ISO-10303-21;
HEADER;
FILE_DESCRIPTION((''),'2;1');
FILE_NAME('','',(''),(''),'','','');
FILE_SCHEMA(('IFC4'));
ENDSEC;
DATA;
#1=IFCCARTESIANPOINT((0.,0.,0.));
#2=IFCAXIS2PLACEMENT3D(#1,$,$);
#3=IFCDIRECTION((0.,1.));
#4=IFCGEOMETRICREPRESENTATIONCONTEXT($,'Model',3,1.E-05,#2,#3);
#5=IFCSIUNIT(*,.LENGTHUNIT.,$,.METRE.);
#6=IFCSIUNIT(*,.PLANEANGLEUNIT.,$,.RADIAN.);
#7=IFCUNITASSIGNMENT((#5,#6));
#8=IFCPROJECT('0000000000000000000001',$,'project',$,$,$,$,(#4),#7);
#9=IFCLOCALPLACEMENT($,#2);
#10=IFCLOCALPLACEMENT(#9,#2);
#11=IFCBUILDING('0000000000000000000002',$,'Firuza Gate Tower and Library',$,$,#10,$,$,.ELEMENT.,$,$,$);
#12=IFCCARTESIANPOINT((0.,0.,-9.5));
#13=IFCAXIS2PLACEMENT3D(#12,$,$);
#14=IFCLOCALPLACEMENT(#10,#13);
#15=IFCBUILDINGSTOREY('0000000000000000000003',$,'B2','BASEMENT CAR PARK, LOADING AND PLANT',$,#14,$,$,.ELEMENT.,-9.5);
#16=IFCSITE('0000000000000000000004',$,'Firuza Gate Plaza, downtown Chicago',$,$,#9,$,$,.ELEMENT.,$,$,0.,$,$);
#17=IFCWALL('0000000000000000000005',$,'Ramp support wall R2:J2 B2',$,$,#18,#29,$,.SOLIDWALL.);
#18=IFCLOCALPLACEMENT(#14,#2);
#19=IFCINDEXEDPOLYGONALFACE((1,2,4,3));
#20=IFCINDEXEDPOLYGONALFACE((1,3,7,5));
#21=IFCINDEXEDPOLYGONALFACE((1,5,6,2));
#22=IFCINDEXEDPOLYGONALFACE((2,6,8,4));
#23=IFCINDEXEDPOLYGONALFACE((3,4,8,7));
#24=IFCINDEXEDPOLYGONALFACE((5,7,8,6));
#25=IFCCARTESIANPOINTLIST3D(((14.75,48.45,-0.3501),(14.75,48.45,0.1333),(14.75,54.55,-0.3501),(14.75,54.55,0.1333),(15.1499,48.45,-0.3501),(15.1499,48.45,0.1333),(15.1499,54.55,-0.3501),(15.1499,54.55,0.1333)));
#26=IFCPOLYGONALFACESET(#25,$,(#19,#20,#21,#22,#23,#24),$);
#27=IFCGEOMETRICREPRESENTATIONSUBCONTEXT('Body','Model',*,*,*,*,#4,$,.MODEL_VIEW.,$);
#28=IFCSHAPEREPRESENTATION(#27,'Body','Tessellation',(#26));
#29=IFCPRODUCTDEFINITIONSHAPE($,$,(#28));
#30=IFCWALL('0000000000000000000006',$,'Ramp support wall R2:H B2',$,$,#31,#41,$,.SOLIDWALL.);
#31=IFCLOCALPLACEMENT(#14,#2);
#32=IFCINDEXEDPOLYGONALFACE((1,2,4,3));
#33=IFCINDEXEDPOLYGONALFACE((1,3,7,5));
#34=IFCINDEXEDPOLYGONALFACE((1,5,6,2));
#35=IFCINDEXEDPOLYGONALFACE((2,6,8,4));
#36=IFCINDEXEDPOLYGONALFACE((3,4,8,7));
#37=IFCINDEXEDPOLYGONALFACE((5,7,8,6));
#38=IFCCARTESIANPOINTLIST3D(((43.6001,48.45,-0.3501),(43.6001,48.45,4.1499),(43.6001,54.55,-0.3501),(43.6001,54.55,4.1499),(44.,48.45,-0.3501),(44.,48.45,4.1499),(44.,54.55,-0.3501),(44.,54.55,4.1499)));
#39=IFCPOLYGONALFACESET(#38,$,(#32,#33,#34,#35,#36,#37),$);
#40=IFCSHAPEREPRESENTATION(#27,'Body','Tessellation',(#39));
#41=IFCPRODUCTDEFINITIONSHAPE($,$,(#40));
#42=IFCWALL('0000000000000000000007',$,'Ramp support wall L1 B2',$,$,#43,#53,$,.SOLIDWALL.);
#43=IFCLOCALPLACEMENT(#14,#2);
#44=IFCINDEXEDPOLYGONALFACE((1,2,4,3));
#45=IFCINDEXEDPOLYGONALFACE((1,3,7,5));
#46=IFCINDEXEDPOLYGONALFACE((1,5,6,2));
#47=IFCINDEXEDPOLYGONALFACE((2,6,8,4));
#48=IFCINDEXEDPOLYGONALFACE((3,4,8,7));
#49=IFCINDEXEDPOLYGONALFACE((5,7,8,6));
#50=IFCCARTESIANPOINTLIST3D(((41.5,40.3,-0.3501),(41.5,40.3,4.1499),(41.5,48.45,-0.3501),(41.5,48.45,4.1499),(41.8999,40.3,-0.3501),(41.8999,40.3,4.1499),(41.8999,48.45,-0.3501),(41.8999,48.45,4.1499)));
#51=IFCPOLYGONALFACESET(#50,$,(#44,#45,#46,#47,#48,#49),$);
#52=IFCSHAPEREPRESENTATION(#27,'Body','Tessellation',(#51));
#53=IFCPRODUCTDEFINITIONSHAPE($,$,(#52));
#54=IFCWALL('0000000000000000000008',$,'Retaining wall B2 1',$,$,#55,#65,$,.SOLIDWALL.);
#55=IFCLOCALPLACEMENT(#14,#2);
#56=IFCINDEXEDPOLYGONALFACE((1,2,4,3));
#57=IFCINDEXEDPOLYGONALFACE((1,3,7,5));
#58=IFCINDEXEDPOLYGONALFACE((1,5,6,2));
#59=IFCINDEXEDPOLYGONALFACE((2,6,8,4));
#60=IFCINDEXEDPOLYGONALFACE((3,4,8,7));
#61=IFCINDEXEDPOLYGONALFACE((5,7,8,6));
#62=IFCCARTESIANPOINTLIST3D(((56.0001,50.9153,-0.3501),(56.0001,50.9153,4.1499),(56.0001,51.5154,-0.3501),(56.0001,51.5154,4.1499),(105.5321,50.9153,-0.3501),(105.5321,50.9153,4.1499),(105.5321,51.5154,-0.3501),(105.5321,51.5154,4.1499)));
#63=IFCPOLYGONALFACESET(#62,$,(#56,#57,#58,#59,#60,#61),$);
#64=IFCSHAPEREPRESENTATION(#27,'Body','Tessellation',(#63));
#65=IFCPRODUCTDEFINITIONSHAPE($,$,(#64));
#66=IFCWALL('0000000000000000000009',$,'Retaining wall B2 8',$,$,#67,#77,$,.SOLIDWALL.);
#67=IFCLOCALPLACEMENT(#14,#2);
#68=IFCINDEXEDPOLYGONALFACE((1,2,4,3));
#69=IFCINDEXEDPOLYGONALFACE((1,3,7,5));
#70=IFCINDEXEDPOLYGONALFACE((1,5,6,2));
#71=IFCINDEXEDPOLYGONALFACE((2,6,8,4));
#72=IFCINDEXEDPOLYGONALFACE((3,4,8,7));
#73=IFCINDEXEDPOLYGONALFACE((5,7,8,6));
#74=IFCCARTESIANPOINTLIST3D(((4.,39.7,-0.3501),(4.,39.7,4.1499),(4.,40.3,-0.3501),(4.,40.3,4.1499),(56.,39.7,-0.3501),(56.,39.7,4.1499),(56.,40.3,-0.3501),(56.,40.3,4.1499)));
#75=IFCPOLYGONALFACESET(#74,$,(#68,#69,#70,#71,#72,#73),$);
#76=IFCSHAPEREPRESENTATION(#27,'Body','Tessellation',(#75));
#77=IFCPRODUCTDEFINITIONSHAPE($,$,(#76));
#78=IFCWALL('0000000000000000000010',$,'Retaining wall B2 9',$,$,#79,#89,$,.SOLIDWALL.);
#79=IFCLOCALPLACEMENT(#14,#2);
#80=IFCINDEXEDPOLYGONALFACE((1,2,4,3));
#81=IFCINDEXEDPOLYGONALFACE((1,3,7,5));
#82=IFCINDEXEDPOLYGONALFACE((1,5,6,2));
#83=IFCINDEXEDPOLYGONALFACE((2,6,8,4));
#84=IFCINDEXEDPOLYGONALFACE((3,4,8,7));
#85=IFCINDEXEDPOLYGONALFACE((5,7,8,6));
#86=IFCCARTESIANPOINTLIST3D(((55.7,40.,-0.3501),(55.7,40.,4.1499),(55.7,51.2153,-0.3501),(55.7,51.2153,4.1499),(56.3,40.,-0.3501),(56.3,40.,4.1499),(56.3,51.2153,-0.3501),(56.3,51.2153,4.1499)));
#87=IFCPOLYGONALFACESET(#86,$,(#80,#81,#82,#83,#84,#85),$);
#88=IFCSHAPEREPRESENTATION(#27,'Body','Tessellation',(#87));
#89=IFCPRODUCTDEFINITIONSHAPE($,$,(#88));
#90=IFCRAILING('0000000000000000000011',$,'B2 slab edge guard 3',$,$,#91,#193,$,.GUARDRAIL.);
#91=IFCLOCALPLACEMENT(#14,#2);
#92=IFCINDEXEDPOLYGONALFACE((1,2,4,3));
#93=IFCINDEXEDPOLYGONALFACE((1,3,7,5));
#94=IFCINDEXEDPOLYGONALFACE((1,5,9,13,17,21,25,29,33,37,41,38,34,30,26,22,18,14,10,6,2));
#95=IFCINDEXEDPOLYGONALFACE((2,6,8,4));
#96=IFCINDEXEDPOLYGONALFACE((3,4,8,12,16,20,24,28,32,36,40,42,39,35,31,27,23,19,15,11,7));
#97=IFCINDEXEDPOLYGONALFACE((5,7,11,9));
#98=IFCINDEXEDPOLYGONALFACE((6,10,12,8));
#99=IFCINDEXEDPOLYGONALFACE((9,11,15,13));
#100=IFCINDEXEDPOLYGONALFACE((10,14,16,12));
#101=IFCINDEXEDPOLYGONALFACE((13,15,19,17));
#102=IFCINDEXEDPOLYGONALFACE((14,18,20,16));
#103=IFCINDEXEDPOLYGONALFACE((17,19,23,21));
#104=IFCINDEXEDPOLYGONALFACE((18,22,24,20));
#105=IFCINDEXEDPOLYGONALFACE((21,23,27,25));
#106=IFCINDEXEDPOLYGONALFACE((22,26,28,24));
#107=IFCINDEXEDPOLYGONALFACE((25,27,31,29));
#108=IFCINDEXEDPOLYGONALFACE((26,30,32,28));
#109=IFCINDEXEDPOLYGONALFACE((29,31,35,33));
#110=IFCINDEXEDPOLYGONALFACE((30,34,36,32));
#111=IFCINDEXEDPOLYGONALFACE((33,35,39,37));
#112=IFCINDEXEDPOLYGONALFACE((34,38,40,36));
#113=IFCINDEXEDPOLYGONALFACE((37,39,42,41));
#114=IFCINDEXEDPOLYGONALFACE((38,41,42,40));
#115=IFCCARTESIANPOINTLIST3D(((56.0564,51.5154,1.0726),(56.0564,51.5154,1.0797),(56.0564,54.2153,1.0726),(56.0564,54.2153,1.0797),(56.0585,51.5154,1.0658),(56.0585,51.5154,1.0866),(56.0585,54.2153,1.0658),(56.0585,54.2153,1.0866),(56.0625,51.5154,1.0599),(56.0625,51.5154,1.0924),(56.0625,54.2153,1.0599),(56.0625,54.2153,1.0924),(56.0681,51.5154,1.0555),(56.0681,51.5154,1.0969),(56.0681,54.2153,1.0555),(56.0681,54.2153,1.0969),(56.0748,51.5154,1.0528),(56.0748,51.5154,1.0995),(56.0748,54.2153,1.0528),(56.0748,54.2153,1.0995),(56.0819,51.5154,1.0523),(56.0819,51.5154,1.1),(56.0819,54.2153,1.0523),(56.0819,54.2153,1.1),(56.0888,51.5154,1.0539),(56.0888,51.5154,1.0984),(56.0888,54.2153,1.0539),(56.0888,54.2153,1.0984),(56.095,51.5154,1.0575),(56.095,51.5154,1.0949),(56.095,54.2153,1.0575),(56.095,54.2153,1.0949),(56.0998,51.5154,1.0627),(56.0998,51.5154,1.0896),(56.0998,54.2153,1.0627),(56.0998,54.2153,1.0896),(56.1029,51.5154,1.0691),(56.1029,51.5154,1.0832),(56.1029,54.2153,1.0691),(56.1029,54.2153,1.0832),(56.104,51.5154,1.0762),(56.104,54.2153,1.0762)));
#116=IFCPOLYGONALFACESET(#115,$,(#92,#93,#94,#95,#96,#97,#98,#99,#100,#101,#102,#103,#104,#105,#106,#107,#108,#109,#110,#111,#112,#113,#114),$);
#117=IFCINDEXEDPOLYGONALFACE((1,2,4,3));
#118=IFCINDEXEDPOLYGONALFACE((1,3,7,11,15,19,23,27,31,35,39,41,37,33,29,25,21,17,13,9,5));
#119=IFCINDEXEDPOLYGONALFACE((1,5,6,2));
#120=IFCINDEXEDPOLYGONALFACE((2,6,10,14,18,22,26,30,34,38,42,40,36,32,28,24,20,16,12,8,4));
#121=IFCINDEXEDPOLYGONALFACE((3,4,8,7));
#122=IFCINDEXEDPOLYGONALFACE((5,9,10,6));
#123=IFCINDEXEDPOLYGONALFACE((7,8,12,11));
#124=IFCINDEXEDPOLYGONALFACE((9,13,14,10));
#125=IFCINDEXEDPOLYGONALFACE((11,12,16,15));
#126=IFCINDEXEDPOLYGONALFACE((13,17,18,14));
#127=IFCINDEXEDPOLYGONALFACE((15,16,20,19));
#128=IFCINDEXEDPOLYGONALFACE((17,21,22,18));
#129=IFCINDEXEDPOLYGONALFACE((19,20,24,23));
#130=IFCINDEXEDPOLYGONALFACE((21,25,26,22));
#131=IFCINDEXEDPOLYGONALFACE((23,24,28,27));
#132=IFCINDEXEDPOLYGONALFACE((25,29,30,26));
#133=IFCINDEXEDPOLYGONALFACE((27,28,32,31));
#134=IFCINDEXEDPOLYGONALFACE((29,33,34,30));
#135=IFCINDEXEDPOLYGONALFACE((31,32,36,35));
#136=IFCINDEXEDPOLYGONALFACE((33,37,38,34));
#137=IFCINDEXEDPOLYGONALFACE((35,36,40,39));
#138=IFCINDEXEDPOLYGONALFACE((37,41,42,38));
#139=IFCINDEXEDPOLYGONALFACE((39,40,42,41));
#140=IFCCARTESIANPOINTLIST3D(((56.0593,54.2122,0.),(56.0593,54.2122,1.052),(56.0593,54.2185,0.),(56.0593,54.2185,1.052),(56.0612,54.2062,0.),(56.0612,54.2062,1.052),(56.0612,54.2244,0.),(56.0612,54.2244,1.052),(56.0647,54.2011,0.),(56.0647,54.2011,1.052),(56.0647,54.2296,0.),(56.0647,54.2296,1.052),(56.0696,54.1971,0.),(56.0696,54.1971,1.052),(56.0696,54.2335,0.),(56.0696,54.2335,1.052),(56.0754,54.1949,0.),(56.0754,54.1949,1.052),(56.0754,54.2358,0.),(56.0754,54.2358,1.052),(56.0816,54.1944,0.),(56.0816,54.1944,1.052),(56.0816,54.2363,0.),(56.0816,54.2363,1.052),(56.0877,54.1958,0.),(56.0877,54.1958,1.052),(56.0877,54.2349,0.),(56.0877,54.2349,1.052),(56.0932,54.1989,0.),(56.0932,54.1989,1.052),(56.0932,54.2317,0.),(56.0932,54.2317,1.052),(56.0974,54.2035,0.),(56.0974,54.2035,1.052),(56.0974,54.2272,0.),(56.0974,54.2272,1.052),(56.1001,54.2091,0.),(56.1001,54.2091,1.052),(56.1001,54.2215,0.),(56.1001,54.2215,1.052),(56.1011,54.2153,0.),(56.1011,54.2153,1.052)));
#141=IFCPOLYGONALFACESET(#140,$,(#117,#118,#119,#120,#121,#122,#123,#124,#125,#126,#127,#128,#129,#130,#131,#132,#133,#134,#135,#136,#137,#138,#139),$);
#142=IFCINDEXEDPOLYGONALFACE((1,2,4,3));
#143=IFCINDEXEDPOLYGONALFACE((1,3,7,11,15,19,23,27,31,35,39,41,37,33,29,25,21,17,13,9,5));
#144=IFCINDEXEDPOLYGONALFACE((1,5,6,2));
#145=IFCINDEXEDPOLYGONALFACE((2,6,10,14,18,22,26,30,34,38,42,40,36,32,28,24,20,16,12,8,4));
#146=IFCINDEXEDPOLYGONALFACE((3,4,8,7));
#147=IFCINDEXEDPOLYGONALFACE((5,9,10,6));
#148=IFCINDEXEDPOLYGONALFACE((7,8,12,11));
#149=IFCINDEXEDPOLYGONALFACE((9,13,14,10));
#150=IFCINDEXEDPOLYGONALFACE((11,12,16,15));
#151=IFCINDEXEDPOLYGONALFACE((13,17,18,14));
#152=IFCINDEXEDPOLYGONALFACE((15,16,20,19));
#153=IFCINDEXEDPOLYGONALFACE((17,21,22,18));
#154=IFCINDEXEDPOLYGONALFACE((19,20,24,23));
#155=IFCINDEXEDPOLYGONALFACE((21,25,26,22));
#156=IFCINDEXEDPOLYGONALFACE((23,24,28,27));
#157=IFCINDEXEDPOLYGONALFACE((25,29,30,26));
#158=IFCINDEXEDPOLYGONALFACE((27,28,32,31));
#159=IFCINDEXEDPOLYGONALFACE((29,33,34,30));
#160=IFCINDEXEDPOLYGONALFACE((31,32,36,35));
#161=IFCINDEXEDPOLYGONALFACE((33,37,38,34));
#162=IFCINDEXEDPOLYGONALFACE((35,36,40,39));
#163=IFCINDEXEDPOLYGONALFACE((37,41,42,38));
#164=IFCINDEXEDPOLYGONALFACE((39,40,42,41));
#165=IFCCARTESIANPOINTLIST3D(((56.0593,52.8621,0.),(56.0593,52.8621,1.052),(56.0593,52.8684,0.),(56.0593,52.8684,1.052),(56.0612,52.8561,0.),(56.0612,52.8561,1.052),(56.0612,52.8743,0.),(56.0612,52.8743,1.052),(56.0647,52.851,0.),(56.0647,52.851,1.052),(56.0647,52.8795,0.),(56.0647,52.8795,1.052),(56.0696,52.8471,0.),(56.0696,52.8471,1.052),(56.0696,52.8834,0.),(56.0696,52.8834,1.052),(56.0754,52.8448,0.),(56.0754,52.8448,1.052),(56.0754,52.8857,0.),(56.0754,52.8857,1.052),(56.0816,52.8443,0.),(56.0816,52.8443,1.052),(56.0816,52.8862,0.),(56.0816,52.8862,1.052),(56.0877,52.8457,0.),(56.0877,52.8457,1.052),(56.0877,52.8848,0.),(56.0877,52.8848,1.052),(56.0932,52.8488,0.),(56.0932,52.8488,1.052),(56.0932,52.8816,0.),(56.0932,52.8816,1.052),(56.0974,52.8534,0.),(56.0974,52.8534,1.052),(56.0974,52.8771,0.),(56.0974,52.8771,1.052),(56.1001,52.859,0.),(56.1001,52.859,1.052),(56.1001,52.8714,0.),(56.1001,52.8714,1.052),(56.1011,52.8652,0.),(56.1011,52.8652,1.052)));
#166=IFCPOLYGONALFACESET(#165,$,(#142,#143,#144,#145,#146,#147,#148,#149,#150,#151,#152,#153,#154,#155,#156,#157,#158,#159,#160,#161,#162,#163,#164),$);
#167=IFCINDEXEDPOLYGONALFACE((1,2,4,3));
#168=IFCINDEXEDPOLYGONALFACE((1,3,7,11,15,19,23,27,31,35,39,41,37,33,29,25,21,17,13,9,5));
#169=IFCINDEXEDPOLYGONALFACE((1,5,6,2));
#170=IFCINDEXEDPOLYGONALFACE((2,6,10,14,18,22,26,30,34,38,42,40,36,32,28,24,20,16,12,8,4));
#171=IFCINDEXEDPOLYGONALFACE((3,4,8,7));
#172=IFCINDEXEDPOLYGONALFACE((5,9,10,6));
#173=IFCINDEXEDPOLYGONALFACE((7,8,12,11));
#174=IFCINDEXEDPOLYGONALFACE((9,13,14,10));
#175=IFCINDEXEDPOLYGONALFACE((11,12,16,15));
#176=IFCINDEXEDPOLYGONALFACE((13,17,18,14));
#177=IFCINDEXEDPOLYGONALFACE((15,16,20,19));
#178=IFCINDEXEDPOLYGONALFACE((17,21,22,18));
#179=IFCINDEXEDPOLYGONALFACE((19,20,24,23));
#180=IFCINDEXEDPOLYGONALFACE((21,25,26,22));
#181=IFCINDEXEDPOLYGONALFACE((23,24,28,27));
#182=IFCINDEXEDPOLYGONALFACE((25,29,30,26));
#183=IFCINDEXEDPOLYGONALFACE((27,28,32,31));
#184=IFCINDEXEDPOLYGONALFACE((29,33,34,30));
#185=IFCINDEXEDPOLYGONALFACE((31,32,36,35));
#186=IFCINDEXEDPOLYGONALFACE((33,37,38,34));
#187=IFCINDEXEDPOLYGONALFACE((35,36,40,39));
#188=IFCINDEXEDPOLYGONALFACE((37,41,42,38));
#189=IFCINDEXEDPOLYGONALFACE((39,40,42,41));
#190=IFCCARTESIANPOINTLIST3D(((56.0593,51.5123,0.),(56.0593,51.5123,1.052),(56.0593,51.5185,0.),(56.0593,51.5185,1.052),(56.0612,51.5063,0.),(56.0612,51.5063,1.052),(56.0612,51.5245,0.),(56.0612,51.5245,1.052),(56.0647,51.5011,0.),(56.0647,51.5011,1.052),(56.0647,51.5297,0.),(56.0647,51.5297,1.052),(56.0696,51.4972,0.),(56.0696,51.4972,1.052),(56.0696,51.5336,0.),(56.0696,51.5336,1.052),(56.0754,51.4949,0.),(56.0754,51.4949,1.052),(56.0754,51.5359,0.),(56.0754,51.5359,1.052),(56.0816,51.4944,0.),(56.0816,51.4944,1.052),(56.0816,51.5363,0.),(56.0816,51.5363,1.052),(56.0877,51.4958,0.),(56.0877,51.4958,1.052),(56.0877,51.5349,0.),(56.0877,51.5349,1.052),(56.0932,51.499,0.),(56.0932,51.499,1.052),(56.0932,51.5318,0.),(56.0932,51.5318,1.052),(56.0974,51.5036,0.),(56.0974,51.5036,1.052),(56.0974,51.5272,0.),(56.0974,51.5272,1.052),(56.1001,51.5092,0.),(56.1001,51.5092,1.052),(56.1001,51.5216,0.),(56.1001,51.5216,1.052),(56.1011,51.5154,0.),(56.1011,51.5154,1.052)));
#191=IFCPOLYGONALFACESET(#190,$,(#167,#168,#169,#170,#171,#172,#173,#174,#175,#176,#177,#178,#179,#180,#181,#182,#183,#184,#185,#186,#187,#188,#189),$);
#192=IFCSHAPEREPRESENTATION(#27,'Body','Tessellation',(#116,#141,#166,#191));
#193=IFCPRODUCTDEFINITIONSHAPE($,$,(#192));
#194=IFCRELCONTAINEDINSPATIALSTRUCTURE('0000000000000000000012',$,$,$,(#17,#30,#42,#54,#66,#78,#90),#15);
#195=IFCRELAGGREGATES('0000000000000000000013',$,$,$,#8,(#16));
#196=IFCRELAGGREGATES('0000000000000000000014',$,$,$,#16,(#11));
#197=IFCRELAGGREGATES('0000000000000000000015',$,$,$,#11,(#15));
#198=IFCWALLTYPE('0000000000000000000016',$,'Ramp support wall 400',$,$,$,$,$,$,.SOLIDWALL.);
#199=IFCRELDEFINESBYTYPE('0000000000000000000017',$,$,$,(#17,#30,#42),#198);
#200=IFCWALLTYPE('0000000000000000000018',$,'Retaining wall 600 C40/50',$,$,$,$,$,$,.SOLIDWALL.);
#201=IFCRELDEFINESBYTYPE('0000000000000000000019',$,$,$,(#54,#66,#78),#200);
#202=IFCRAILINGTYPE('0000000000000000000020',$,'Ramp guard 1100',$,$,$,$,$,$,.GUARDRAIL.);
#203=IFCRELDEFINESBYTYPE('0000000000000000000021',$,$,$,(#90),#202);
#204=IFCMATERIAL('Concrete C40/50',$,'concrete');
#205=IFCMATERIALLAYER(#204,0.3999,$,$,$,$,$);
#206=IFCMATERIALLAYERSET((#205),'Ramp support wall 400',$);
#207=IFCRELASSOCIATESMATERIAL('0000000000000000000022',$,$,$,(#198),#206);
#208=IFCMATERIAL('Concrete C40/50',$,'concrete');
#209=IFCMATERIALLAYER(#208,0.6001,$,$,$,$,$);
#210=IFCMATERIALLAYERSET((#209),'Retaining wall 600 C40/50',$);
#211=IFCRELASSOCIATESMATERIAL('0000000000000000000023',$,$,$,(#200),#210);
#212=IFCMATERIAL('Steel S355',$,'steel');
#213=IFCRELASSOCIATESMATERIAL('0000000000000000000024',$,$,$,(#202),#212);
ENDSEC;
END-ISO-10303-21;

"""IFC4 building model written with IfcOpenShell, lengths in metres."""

from ifc_helpers import new_model, si_unit, direction, frame, frame_2d, origin, origin_2d, place, context, subcontext, project, spatial, rectangle, circle, extrude, material, layer, layer_set, type_object, element, save


model = new_model("IFC4")

# Units and contexts
model_context = context("Model", 3, precision=1e-05, world=origin(), true_north=direction((0.0, 1.0)))
body_context = subcontext(model_context, "Body", "Model", "MODEL_VIEW")
ifc_project = project(units=[si_unit("LENGTHUNIT", "METRE"), si_unit("PLANEANGLEUNIT", "RADIAN")], contexts=[model_context])

# Site, building, storey
site_placement = place(None, origin())
site = spatial("IfcSite", under=ifc_project, at=site_placement, Name="Firuza Gate Plaza, downtown Chicago", CompositionType="ELEMENT", RefElevation=0.0)
building_placement = place(site_placement, origin())
building = spatial("IfcBuilding", under=site, at=building_placement, Name="Firuza Gate Tower and Library", CompositionType="ELEMENT")
storey_placement = place(building_placement, frame((0.0, 0.0, -9.5)))
storey = spatial("IfcBuildingStorey", under=building, at=storey_placement, Name="B2", Description="BASEMENT CAR PARK, LOADING AND PLANT", CompositionType="ELEMENT", Elevation=-9.5)

# Walls
ifc_material_1 = material(Name="Concrete C40/50", Category="concrete")
ifc_layer_1 = layer(ifc_material_1, 0.3999)
ifc_layer_set_1 = layer_set([ifc_layer_1], Name="Ramp support wall 400")
wall_type_1 = type_object("IfcWallType", Name="Ramp support wall 400", PredefinedType="SOLIDWALL", material=ifc_layer_set_1)
wall_1_placement = place(storey_placement, frame((14.95, 48.45, -0.3501), z_axis=(0.0, 0.0, 1.0), x_axis=(0.0, 1.0, 0.0)))
element("IfcWall", 1, at=wall_1_placement, inside=storey, type_object=wall_type_1, Name="Ramp support wall R2:J2 B2", PredefinedType="SOLIDWALL", context=body_context, shape_type="SweptSolid", body=[
    extrude(rectangle(XDim=6.1001, YDim=0.3999, at=frame_2d((3.05, 0.0))), origin(), (0.0, 0.0, 1.0), 0.4834),
])
wall_2_placement = place(storey_placement, frame((43.6001, 51.5, -0.3501), z_axis=(0.0, 0.0, 1.0), x_axis=(1.0, 0.0, 0.0)))
element("IfcWall", 2, at=wall_2_placement, inside=storey, type_object=wall_type_1, Name="Ramp support wall R2:H B2", PredefinedType="SOLIDWALL", context=body_context, shape_type="SweptSolid", body=[
    extrude(rectangle(XDim=0.3999, YDim=6.1001, at=frame_2d((0.2, 0.0))), origin(), (0.0, 0.0, 1.0), 4.5),
])
wall_3_placement = place(storey_placement, frame((41.7, 40.3, -0.3501), z_axis=(0.0, 0.0, 1.0), x_axis=(0.0, 1.0, 0.0)))
element("IfcWall", 3, at=wall_3_placement, inside=storey, type_object=wall_type_1, Name="Ramp support wall L1 B2", PredefinedType="SOLIDWALL", context=body_context, shape_type="SweptSolid", body=[
    extrude(rectangle(XDim=8.1499, YDim=0.3999, at=frame_2d((4.075, 0.0))), origin(), (0.0, 0.0, 1.0), 4.5),
])
ifc_material_2 = material(Name="Concrete C40/50", Category="concrete")
ifc_layer_2 = layer(ifc_material_2, 0.6001)
ifc_layer_set_2 = layer_set([ifc_layer_2], Name="Retaining wall 600 C40/50")
wall_type_2 = type_object("IfcWallType", Name="Retaining wall 600 C40/50", PredefinedType="SOLIDWALL", material=ifc_layer_set_2)
wall_4_placement = place(storey_placement, frame((56.0, 51.2153, -0.3501), z_axis=(0.0, 0.0, 1.0), x_axis=(1.0, 0.0, 0.0)))
element("IfcWall", 4, at=wall_4_placement, inside=storey, type_object=wall_type_2, Name="Retaining wall B2 1", PredefinedType="SOLIDWALL", context=body_context, shape_type="SweptSolid", body=[
    extrude(rectangle(XDim=49.532, YDim=0.6001, at=frame_2d((24.7661, 0.0))), origin(), (0.0, 0.0, 1.0), 4.5),
])
wall_5_placement = place(storey_placement, frame((4.0, 40.0, -0.3501), z_axis=(0.0, 0.0, 1.0), x_axis=(1.0, 0.0, 0.0)))
element("IfcWall", 5, at=wall_5_placement, inside=storey, type_object=wall_type_2, Name="Retaining wall B2 8", PredefinedType="SOLIDWALL", context=body_context, shape_type="SweptSolid", body=[
    extrude(rectangle(XDim=52.0, YDim=0.6001, at=frame_2d((26.0, 0.0))), origin(), (0.0, 0.0, 1.0), 4.5),
])
wall_6_placement = place(storey_placement, frame((56.0, 40.0, -0.3501), z_axis=(0.0, 0.0, 1.0), x_axis=(0.0, 1.0, 0.0)))
element("IfcWall", 6, at=wall_6_placement, inside=storey, type_object=wall_type_2, Name="Retaining wall B2 9", PredefinedType="SOLIDWALL", context=body_context, shape_type="SweptSolid", body=[
    extrude(rectangle(XDim=11.2153, YDim=0.6001, at=frame_2d((5.6077, 0.0))), origin(), (0.0, 0.0, 1.0), 4.5),
])

# Railing
ifc_material_3 = material(Name="Steel S355", Category="steel")
railing_type = type_object("IfcRailingType", Name="Ramp guard 1100", PredefinedType="GUARDRAIL", material=ifc_material_3)
railing_1_placement = place(storey_placement, frame((56.0801, 54.2153, 0.0)))
element("IfcRailing", 7, at=railing_1_placement, inside=storey, type_object=railing_type, Name="B2 slab edge guard 3", PredefinedType="GUARDRAIL", context=body_context, shape_type="SweptSolid", body=[
    extrude(circle(Radius=0.0239, at=origin_2d()), frame((0.0, 0.0, 1.0762), z_axis=(0.0, -1.0, 0.0), x_axis=(1.0, 0.0, 0.0)), (0.0, 0.0, 1.0), 2.7),
    extrude(circle(Radius=0.021, at=origin_2d()), origin(), (0.0, 0.0, 1.0), 1.052),
    extrude(circle(Radius=0.021, at=origin_2d()), frame((0.0, -1.3501, 0.0)), (0.0, 0.0, 1.0), 1.052),
    extrude(circle(Radius=0.021, at=origin_2d()), frame((0.0, -2.7, 0.0)), (0.0, 0.0, 1.0), 1.052),
])

save(model, "model.ifc")
